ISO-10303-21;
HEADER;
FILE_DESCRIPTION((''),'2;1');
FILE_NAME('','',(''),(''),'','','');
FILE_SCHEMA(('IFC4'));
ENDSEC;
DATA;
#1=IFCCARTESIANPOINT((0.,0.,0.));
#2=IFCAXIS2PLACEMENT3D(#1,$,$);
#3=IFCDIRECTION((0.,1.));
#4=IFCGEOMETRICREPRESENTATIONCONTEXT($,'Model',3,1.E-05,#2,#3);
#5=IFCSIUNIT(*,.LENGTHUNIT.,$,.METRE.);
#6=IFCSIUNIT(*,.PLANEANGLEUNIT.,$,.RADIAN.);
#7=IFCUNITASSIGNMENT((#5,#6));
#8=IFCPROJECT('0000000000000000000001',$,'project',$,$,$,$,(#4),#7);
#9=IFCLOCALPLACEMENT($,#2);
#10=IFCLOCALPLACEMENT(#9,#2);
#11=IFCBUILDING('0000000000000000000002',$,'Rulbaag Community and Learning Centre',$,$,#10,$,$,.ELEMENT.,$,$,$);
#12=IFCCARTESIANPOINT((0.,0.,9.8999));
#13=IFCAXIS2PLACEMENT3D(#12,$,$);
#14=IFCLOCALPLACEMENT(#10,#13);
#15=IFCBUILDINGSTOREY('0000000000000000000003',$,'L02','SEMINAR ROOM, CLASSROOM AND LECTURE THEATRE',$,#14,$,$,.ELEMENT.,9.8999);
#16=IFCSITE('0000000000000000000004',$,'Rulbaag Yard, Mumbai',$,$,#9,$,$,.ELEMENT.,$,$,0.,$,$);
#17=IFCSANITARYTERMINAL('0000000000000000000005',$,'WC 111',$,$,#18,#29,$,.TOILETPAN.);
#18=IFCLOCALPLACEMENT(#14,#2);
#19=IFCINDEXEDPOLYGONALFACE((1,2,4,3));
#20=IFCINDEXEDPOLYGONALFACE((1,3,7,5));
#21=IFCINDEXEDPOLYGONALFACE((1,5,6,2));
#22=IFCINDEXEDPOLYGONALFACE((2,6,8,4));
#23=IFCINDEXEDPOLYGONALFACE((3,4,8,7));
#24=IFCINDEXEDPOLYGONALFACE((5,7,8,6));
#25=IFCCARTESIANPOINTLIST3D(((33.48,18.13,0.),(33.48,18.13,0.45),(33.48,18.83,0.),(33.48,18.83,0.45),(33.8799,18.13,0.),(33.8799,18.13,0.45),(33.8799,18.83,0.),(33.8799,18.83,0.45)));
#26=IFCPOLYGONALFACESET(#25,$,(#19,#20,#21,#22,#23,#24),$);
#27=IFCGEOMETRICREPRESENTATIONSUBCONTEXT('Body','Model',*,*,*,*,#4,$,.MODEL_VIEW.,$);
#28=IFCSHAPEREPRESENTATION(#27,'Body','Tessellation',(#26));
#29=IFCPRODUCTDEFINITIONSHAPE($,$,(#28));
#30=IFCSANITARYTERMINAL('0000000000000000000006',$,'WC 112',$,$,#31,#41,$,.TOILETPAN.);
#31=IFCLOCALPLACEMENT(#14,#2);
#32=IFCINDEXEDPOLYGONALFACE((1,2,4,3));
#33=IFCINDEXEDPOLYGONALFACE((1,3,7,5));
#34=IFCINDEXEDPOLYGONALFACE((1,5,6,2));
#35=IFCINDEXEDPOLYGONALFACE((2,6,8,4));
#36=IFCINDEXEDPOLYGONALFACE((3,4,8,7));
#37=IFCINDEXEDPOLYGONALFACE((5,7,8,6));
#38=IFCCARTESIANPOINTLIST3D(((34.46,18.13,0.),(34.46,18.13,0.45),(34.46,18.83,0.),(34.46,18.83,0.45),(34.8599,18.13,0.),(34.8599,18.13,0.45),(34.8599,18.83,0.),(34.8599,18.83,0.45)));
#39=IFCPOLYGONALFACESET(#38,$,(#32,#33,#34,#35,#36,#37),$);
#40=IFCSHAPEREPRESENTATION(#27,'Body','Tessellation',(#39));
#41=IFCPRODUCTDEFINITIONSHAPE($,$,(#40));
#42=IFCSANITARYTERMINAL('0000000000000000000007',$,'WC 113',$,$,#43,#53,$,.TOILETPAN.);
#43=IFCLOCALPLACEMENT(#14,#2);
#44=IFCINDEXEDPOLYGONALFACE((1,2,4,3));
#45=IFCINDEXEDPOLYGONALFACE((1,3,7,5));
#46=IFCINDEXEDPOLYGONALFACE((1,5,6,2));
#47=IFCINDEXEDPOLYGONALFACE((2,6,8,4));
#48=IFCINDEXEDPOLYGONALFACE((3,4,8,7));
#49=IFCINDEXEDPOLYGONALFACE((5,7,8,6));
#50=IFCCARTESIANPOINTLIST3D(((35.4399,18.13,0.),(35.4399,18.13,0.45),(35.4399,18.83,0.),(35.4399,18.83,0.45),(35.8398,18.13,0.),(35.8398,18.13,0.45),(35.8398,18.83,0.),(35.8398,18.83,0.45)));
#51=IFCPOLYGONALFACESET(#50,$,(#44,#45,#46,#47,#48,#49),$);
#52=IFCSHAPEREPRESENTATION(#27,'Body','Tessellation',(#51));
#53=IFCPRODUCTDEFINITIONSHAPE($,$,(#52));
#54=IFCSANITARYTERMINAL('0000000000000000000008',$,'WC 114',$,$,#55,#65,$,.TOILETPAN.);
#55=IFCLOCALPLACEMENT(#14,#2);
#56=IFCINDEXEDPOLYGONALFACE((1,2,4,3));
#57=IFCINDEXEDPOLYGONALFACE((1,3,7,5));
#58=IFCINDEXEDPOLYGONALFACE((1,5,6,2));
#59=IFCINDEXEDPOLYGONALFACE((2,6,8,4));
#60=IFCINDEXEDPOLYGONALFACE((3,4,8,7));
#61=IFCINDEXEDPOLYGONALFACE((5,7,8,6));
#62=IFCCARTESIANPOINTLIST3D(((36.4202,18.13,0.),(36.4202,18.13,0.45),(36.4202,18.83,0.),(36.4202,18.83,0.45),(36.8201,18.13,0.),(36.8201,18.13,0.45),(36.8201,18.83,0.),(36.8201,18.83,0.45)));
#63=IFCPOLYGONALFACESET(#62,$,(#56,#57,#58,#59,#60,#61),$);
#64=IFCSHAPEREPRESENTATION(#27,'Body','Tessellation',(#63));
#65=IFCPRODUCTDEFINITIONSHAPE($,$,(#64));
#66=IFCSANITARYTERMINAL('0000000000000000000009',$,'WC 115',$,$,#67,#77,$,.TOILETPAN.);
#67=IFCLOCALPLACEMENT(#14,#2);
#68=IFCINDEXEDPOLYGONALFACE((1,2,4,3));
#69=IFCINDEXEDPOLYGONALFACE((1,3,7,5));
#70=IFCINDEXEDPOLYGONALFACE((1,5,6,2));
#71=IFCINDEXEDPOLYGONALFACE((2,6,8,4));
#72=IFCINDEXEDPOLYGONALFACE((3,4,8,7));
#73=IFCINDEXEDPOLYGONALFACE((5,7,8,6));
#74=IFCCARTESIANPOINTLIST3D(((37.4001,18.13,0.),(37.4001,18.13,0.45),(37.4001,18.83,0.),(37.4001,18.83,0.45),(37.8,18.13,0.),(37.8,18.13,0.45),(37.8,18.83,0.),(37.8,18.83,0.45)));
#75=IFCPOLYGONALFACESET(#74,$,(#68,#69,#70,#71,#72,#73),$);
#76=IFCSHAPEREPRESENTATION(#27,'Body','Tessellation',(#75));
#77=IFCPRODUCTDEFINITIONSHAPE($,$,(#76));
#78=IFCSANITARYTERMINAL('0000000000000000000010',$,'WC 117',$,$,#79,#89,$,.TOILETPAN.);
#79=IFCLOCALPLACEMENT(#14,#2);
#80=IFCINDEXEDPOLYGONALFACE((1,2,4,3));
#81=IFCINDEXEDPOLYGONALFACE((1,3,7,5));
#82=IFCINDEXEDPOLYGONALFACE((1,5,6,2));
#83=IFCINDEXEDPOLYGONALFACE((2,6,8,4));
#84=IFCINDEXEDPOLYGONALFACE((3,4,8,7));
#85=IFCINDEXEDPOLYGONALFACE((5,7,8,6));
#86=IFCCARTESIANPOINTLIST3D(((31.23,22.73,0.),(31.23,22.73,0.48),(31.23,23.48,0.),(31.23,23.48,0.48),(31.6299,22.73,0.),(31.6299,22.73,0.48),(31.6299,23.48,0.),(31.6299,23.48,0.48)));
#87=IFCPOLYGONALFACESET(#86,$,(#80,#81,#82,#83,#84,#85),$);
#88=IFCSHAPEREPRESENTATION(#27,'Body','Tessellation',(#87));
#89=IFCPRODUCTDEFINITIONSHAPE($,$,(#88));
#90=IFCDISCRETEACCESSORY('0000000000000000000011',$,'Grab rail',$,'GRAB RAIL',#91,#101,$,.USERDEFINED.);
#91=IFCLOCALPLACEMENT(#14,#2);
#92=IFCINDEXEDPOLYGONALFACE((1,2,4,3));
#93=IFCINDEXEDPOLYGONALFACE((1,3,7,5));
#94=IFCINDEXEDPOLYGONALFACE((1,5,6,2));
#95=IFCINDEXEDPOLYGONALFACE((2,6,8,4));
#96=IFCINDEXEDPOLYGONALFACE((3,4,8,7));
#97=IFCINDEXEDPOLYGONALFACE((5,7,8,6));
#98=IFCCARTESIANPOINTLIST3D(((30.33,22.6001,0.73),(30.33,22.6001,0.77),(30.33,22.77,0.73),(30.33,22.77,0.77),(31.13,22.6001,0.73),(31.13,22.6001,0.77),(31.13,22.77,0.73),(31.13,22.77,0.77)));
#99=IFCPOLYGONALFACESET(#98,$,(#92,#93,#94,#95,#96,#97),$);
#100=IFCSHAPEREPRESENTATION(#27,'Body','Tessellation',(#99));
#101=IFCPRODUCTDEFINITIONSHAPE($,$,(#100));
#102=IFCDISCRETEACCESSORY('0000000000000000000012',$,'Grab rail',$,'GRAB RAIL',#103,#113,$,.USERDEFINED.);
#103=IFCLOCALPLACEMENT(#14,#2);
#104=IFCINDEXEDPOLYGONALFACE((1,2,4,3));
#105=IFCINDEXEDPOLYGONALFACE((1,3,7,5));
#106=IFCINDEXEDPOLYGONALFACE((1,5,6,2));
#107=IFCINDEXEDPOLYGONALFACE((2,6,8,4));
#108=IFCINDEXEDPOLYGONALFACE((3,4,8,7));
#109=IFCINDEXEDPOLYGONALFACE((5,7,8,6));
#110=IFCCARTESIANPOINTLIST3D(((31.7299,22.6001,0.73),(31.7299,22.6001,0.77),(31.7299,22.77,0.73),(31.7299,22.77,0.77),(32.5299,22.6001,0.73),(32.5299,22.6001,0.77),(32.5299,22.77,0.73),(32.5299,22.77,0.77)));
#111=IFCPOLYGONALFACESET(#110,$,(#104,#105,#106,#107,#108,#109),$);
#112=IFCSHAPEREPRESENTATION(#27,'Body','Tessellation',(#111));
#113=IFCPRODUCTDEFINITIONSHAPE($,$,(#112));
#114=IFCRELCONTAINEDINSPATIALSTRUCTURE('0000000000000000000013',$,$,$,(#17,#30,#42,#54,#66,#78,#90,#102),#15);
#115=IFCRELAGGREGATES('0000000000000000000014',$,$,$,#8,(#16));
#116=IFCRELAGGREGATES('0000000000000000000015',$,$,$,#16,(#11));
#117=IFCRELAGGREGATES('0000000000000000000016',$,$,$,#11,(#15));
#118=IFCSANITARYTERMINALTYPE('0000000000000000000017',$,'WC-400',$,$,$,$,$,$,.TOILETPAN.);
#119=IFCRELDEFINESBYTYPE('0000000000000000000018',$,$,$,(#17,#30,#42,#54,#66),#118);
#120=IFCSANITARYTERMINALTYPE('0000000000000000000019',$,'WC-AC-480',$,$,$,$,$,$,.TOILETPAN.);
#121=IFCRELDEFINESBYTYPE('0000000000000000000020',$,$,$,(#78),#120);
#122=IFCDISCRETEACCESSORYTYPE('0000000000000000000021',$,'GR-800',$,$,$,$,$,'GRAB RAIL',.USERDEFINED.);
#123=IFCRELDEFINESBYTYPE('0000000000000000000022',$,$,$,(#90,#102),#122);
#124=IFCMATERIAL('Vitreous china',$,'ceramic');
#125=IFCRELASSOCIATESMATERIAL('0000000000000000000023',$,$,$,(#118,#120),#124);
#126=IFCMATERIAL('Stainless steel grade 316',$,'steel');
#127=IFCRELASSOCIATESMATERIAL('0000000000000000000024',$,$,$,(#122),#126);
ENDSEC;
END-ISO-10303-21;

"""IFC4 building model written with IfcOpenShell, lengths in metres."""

from ifc_helpers import new_model, si_unit, direction, frame, origin, origin_2d, place, context, subcontext, project, spatial, rectangle, extrude, material, type_object, element, save


model = new_model("IFC4")

# Units and contexts
model_context = context("Model", 3, precision=1e-05, world=origin(), true_north=direction((0.0, 1.0)))
body_context = subcontext(model_context, "Body", "Model", "MODEL_VIEW")
ifc_project = project(units=[si_unit("LENGTHUNIT", "METRE"), si_unit("PLANEANGLEUNIT", "RADIAN")], contexts=[model_context])

# Site, building, storey
site_placement = place(None, origin())
site = spatial("IfcSite", under=ifc_project, at=site_placement, Name="Rulbaag Yard, Mumbai", CompositionType="ELEMENT", RefElevation=0.0)
building_placement = place(site_placement, origin())
building = spatial("IfcBuilding", under=site, at=building_placement, Name="Rulbaag Community and Learning Centre", CompositionType="ELEMENT")
storey_placement = place(building_placement, frame((0.0, 0.0, 9.8999)))
storey = spatial("IfcBuildingStorey", under=building, at=storey_placement, Name="L02", Description="SEMINAR ROOM, CLASSROOM AND LECTURE THEATRE", CompositionType="ELEMENT", Elevation=9.8999)

# Sanitary terminals
ifc_material_1 = material(Name="Vitreous china", Category="ceramic")
sanitary_terminal_type_1 = type_object("IfcSanitaryTerminalType", Name="WC-400", PredefinedType="TOILETPAN", material=ifc_material_1)
for number, where, z_axis, x_axis, name in (
    (1, (33.6799, 18.48, 0.0), (0.0, 0.0, 1.0), (1.0, 0.0, 0.0), "WC 111"),
    (2, (34.6599, 18.48, 0.0), (0.0, 0.0, 1.0), (1.0, 0.0, 0.0), "WC 112"),
    (3, (35.6399, 18.48, 0.0), (0.0, 0.0, 1.0), (1.0, 0.0, 0.0), "WC 113"),
    (4, (36.6201, 18.48, 0.0), (0.0, 0.0, 1.0), (1.0, 0.0, 0.0), "WC 114"),
    (5, (37.6001, 18.48, 0.0), (0.0, 0.0, 1.0), (1.0, 0.0, 0.0), "WC 115"),
):
    element("IfcSanitaryTerminal", number, at=place(storey_placement, frame(where, z_axis=z_axis, x_axis=x_axis)), inside=storey, type_object=sanitary_terminal_type_1, Name=name, PredefinedType="TOILETPAN", context=body_context, shape_type="SweptSolid", body=[
        extrude(rectangle(XDim=0.3999, YDim=0.7, at=origin_2d()), origin(), (0.0, 0.0, 1.0), 0.45),
    ])
sanitary_terminal_type_2 = type_object("IfcSanitaryTerminalType", Name="WC-AC-480", PredefinedType="TOILETPAN", material=ifc_material_1)
sanitary_terminal_1_placement = place(storey_placement, frame((31.4299, 23.105, 0.0), z_axis=(0.0, 0.0, 1.0), x_axis=(1.0, 0.0, 0.0)))
element("IfcSanitaryTerminal", 6, at=sanitary_terminal_1_placement, inside=storey, type_object=sanitary_terminal_type_2, Name="WC 117", PredefinedType="TOILETPAN", context=body_context, shape_type="SweptSolid", body=[
    extrude(rectangle(XDim=0.3999, YDim=0.75, at=origin_2d()), origin(), (0.0, 0.0, 1.0), 0.48),
])

# Discrete accessories
ifc_material_2 = material(Name="Stainless steel grade 316", Category="steel")
discrete_accessory_type = type_object("IfcDiscreteAccessoryType", Name="GR-800", ElementType="GRAB RAIL", PredefinedType="USERDEFINED", material=ifc_material_2)
for number, where, z_axis, x_axis, name in (
    (7, (30.73, 22.6851, 0.73), (0.0, 0.0, 1.0), (1.0, 0.0, 0.0), "Grab rail"),
    (8, (32.1299, 22.6851, 0.73), (0.0, 0.0, 1.0), (1.0, 0.0, 0.0), "Grab rail"),
):
    element("IfcDiscreteAccessory", number, at=place(storey_placement, frame(where, z_axis=z_axis, x_axis=x_axis)), inside=storey, type_object=discrete_accessory_type, Name=name, ObjectType="GRAB RAIL", PredefinedType="USERDEFINED", context=body_context, shape_type="SweptSolid", body=[
        extrude(rectangle(XDim=0.8, YDim=0.1699, at=origin_2d()), origin(), (0.0, 0.0, 1.0), 0.04),
    ])

save(model, "model.ifc")
